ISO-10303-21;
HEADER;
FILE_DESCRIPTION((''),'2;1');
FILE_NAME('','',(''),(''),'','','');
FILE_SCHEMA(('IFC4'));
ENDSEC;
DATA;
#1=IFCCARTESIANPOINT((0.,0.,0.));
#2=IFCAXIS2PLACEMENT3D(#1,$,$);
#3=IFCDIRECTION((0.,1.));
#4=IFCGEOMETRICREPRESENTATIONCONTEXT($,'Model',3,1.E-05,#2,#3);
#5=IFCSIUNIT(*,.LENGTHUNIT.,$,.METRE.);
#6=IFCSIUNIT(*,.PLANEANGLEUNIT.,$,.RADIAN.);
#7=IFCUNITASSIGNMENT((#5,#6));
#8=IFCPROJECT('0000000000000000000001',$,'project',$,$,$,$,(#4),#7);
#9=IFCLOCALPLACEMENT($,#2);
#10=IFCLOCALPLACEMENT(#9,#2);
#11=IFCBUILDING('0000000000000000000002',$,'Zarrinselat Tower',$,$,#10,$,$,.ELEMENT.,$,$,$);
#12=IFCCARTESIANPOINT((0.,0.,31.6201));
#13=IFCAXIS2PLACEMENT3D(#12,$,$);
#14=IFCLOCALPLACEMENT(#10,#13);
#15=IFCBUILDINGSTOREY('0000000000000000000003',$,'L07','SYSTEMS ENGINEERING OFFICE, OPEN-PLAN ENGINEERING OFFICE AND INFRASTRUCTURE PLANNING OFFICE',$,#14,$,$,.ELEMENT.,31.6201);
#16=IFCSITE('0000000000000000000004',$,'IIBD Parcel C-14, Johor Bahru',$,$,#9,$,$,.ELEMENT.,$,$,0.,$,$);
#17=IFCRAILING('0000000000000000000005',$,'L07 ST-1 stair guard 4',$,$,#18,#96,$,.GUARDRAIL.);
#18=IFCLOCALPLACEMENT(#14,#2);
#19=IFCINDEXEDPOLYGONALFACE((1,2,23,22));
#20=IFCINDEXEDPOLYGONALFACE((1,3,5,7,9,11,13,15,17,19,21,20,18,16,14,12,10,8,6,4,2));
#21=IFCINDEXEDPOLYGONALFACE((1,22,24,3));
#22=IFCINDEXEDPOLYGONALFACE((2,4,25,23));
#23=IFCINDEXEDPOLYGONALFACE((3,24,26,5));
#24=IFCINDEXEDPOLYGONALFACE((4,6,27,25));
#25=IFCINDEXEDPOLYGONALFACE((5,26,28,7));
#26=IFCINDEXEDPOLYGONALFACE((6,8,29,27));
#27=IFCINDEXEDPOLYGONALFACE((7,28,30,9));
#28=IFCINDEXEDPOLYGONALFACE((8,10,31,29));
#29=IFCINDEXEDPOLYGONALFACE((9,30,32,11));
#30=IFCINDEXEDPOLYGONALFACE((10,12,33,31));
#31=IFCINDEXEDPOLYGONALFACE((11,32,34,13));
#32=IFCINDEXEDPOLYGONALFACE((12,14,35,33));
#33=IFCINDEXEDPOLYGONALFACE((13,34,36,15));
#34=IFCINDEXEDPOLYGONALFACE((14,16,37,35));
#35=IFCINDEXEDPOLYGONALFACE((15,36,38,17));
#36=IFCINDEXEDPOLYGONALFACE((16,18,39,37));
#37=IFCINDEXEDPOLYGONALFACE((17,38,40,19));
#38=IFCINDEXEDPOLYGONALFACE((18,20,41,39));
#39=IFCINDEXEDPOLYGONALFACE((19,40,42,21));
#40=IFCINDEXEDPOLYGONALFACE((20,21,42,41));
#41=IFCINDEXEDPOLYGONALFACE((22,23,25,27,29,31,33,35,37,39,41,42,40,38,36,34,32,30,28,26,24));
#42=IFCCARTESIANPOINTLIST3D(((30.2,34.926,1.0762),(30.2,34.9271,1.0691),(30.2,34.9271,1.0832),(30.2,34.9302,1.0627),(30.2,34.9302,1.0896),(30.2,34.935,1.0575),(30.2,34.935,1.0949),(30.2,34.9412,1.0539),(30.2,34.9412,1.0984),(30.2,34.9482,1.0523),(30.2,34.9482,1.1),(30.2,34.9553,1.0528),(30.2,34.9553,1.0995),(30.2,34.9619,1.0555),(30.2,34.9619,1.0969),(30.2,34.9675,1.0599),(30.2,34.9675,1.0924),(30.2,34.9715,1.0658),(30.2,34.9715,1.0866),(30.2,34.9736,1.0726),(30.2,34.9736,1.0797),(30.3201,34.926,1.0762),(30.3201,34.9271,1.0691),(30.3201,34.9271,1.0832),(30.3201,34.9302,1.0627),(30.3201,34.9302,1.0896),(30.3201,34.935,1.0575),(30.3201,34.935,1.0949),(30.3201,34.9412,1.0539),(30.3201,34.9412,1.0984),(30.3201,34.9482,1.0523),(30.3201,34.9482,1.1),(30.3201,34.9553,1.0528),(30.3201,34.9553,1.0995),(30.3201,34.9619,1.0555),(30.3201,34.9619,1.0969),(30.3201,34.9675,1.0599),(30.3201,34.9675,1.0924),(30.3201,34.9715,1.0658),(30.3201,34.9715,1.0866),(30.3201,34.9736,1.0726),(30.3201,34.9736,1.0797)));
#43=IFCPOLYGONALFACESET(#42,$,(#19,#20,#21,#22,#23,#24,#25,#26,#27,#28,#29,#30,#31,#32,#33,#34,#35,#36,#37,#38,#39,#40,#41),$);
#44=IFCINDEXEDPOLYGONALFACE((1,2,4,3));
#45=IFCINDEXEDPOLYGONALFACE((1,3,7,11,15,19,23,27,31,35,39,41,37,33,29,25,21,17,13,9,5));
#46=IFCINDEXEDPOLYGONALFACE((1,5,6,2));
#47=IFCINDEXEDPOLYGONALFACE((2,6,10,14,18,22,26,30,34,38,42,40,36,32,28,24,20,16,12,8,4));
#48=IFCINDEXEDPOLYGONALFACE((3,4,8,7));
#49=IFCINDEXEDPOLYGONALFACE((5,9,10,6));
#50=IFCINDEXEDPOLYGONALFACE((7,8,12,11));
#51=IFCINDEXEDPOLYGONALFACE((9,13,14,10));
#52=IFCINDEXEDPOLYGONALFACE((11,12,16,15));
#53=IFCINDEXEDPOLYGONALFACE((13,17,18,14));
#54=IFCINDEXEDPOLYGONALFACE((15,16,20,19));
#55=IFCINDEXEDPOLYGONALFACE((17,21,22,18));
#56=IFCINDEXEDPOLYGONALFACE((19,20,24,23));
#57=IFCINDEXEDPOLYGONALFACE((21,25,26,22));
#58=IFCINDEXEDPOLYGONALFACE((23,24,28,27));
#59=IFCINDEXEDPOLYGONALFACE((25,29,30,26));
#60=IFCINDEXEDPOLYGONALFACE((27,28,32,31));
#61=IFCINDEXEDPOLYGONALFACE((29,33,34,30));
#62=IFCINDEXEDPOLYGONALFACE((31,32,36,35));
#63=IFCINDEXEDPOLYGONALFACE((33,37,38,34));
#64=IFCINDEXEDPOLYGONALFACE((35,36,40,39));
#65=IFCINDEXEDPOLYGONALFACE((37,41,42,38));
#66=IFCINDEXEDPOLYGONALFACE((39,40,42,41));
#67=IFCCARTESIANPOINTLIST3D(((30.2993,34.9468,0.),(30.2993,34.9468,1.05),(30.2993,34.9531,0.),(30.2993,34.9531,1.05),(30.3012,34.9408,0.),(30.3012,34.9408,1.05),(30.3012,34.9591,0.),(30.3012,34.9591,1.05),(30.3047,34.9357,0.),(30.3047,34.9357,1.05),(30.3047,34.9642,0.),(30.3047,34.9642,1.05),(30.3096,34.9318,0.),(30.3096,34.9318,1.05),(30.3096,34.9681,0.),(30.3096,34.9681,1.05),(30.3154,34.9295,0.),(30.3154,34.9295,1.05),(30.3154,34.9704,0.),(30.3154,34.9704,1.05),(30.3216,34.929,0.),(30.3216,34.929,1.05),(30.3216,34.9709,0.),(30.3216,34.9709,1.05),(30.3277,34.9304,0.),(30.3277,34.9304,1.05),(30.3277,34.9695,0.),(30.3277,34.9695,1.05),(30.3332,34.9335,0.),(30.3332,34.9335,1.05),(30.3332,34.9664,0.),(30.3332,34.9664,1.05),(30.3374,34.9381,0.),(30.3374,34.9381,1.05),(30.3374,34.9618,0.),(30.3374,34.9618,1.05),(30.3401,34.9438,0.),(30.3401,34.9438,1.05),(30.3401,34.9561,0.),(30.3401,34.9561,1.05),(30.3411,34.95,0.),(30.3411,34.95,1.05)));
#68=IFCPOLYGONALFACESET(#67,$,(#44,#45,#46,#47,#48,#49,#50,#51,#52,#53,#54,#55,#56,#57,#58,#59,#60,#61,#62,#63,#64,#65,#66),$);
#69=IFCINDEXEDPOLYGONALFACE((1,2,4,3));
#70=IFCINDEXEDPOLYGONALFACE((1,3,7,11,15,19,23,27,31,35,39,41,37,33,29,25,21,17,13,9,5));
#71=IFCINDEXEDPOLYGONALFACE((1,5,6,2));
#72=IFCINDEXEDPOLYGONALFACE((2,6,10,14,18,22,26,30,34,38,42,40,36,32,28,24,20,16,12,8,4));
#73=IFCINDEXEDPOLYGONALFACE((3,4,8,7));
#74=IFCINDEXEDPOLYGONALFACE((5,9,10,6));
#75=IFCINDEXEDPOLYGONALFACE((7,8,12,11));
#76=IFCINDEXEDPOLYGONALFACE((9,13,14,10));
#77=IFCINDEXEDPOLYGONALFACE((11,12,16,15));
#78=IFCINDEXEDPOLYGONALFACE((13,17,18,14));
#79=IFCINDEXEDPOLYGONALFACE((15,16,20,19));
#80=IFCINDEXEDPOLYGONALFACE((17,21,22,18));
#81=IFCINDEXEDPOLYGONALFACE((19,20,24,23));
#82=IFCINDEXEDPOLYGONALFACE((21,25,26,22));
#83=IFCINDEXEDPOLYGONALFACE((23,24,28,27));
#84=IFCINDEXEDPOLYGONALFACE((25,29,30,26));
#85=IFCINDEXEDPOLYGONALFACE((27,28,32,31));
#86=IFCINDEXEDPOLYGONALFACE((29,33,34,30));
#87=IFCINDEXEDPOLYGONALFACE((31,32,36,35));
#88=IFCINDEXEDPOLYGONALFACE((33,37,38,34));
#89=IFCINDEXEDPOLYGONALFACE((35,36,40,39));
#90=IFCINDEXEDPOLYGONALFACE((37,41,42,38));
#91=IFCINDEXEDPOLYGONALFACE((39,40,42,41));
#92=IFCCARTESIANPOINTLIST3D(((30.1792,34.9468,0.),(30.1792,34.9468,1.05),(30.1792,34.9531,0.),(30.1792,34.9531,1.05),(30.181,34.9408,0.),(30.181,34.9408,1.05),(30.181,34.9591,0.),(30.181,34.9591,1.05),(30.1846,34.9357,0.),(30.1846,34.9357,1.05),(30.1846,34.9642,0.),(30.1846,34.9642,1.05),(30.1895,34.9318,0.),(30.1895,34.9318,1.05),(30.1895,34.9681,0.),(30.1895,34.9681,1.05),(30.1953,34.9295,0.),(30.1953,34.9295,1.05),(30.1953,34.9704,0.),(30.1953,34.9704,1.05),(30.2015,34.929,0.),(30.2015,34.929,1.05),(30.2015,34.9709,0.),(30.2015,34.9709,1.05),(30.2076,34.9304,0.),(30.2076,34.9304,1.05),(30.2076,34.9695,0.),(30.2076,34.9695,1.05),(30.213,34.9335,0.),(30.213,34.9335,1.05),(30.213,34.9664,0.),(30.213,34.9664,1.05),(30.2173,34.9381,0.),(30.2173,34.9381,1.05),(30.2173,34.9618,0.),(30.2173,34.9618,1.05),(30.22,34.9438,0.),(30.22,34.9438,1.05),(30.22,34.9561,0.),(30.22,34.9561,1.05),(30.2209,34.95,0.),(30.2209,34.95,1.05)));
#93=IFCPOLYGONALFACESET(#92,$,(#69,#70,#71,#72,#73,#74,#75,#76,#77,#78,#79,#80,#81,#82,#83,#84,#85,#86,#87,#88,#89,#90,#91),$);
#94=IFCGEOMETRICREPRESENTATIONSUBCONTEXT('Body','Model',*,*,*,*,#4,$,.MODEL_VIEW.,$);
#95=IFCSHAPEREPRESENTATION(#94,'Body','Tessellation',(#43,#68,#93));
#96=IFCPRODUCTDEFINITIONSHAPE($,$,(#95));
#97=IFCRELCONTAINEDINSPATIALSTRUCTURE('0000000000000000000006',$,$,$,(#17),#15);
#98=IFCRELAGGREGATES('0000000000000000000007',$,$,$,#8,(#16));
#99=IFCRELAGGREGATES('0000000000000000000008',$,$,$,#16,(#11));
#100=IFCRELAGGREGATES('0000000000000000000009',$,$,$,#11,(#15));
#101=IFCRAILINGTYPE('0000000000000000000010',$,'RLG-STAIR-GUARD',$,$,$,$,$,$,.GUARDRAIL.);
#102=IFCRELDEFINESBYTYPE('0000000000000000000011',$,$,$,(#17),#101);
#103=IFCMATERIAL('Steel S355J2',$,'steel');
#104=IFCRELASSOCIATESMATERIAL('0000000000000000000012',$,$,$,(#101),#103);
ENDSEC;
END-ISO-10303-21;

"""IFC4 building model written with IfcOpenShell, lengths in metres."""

from ifc_helpers import new_model, si_unit, direction, frame, origin, origin_2d, place, context, subcontext, project, spatial, circle, extrude, material, type_object, element, save


model = new_model("IFC4")

# Units and contexts
model_context = context("Model", 3, precision=1e-05, world=origin(), true_north=direction((0.0, 1.0)))
body_context = subcontext(model_context, "Body", "Model", "MODEL_VIEW")
ifc_project = project(units=[si_unit("LENGTHUNIT", "METRE"), si_unit("PLANEANGLEUNIT", "RADIAN")], contexts=[model_context])

# Site, building, storey
site_placement = place(None, origin())
site = spatial("IfcSite", under=ifc_project, at=site_placement, Name="IIBD Parcel C-14, Johor Bahru", CompositionType="ELEMENT", RefElevation=0.0)
building_placement = place(site_placement, origin())
building = spatial("IfcBuilding", under=site, at=building_placement, Name="Zarrinselat Tower", CompositionType="ELEMENT")
storey_placement = place(building_placement, frame((0.0, 0.0, 31.6201)))
storey = spatial("IfcBuildingStorey", under=building, at=storey_placement, Name="L07", Description="SYSTEMS ENGINEERING OFFICE, OPEN-PLAN ENGINEERING OFFICE AND INFRASTRUCTURE PLANNING OFFICE", CompositionType="ELEMENT", Elevation=31.6201)

# Railing
ifc_material_1 = material(Name="Steel S355J2", Category="steel")
railing_type_1 = type_object("IfcRailingType", Name="RLG-STAIR-GUARD", PredefinedType="GUARDRAIL", material=ifc_material_1)
railing_1_placement = place(storey_placement, frame((30.3201, 34.95, 0.0)))
element("IfcRailing", 1, at=railing_1_placement, inside=storey, type_object=railing_type_1, Name="L07 ST-1 stair guard 4", PredefinedType="GUARDRAIL", context=body_context, shape_type="SweptSolid", body=[
    extrude(circle(Radius=0.0239, at=origin_2d()), frame((0.0, 0.0, 1.0762), z_axis=(-1.0, 0.0, 0.0), x_axis=(0.0, -1.0, 0.0)), (0.0, 0.0, 1.0), 0.1201),
    extrude(circle(Radius=0.021, at=origin_2d()), origin(), (0.0, 0.0, 1.0), 1.05),
    extrude(circle(Radius=0.021, at=origin_2d()), frame((-0.1201, 0.0, 0.0)), (0.0, 0.0, 1.0), 1.05),
])

save(model, "model.ifc")
